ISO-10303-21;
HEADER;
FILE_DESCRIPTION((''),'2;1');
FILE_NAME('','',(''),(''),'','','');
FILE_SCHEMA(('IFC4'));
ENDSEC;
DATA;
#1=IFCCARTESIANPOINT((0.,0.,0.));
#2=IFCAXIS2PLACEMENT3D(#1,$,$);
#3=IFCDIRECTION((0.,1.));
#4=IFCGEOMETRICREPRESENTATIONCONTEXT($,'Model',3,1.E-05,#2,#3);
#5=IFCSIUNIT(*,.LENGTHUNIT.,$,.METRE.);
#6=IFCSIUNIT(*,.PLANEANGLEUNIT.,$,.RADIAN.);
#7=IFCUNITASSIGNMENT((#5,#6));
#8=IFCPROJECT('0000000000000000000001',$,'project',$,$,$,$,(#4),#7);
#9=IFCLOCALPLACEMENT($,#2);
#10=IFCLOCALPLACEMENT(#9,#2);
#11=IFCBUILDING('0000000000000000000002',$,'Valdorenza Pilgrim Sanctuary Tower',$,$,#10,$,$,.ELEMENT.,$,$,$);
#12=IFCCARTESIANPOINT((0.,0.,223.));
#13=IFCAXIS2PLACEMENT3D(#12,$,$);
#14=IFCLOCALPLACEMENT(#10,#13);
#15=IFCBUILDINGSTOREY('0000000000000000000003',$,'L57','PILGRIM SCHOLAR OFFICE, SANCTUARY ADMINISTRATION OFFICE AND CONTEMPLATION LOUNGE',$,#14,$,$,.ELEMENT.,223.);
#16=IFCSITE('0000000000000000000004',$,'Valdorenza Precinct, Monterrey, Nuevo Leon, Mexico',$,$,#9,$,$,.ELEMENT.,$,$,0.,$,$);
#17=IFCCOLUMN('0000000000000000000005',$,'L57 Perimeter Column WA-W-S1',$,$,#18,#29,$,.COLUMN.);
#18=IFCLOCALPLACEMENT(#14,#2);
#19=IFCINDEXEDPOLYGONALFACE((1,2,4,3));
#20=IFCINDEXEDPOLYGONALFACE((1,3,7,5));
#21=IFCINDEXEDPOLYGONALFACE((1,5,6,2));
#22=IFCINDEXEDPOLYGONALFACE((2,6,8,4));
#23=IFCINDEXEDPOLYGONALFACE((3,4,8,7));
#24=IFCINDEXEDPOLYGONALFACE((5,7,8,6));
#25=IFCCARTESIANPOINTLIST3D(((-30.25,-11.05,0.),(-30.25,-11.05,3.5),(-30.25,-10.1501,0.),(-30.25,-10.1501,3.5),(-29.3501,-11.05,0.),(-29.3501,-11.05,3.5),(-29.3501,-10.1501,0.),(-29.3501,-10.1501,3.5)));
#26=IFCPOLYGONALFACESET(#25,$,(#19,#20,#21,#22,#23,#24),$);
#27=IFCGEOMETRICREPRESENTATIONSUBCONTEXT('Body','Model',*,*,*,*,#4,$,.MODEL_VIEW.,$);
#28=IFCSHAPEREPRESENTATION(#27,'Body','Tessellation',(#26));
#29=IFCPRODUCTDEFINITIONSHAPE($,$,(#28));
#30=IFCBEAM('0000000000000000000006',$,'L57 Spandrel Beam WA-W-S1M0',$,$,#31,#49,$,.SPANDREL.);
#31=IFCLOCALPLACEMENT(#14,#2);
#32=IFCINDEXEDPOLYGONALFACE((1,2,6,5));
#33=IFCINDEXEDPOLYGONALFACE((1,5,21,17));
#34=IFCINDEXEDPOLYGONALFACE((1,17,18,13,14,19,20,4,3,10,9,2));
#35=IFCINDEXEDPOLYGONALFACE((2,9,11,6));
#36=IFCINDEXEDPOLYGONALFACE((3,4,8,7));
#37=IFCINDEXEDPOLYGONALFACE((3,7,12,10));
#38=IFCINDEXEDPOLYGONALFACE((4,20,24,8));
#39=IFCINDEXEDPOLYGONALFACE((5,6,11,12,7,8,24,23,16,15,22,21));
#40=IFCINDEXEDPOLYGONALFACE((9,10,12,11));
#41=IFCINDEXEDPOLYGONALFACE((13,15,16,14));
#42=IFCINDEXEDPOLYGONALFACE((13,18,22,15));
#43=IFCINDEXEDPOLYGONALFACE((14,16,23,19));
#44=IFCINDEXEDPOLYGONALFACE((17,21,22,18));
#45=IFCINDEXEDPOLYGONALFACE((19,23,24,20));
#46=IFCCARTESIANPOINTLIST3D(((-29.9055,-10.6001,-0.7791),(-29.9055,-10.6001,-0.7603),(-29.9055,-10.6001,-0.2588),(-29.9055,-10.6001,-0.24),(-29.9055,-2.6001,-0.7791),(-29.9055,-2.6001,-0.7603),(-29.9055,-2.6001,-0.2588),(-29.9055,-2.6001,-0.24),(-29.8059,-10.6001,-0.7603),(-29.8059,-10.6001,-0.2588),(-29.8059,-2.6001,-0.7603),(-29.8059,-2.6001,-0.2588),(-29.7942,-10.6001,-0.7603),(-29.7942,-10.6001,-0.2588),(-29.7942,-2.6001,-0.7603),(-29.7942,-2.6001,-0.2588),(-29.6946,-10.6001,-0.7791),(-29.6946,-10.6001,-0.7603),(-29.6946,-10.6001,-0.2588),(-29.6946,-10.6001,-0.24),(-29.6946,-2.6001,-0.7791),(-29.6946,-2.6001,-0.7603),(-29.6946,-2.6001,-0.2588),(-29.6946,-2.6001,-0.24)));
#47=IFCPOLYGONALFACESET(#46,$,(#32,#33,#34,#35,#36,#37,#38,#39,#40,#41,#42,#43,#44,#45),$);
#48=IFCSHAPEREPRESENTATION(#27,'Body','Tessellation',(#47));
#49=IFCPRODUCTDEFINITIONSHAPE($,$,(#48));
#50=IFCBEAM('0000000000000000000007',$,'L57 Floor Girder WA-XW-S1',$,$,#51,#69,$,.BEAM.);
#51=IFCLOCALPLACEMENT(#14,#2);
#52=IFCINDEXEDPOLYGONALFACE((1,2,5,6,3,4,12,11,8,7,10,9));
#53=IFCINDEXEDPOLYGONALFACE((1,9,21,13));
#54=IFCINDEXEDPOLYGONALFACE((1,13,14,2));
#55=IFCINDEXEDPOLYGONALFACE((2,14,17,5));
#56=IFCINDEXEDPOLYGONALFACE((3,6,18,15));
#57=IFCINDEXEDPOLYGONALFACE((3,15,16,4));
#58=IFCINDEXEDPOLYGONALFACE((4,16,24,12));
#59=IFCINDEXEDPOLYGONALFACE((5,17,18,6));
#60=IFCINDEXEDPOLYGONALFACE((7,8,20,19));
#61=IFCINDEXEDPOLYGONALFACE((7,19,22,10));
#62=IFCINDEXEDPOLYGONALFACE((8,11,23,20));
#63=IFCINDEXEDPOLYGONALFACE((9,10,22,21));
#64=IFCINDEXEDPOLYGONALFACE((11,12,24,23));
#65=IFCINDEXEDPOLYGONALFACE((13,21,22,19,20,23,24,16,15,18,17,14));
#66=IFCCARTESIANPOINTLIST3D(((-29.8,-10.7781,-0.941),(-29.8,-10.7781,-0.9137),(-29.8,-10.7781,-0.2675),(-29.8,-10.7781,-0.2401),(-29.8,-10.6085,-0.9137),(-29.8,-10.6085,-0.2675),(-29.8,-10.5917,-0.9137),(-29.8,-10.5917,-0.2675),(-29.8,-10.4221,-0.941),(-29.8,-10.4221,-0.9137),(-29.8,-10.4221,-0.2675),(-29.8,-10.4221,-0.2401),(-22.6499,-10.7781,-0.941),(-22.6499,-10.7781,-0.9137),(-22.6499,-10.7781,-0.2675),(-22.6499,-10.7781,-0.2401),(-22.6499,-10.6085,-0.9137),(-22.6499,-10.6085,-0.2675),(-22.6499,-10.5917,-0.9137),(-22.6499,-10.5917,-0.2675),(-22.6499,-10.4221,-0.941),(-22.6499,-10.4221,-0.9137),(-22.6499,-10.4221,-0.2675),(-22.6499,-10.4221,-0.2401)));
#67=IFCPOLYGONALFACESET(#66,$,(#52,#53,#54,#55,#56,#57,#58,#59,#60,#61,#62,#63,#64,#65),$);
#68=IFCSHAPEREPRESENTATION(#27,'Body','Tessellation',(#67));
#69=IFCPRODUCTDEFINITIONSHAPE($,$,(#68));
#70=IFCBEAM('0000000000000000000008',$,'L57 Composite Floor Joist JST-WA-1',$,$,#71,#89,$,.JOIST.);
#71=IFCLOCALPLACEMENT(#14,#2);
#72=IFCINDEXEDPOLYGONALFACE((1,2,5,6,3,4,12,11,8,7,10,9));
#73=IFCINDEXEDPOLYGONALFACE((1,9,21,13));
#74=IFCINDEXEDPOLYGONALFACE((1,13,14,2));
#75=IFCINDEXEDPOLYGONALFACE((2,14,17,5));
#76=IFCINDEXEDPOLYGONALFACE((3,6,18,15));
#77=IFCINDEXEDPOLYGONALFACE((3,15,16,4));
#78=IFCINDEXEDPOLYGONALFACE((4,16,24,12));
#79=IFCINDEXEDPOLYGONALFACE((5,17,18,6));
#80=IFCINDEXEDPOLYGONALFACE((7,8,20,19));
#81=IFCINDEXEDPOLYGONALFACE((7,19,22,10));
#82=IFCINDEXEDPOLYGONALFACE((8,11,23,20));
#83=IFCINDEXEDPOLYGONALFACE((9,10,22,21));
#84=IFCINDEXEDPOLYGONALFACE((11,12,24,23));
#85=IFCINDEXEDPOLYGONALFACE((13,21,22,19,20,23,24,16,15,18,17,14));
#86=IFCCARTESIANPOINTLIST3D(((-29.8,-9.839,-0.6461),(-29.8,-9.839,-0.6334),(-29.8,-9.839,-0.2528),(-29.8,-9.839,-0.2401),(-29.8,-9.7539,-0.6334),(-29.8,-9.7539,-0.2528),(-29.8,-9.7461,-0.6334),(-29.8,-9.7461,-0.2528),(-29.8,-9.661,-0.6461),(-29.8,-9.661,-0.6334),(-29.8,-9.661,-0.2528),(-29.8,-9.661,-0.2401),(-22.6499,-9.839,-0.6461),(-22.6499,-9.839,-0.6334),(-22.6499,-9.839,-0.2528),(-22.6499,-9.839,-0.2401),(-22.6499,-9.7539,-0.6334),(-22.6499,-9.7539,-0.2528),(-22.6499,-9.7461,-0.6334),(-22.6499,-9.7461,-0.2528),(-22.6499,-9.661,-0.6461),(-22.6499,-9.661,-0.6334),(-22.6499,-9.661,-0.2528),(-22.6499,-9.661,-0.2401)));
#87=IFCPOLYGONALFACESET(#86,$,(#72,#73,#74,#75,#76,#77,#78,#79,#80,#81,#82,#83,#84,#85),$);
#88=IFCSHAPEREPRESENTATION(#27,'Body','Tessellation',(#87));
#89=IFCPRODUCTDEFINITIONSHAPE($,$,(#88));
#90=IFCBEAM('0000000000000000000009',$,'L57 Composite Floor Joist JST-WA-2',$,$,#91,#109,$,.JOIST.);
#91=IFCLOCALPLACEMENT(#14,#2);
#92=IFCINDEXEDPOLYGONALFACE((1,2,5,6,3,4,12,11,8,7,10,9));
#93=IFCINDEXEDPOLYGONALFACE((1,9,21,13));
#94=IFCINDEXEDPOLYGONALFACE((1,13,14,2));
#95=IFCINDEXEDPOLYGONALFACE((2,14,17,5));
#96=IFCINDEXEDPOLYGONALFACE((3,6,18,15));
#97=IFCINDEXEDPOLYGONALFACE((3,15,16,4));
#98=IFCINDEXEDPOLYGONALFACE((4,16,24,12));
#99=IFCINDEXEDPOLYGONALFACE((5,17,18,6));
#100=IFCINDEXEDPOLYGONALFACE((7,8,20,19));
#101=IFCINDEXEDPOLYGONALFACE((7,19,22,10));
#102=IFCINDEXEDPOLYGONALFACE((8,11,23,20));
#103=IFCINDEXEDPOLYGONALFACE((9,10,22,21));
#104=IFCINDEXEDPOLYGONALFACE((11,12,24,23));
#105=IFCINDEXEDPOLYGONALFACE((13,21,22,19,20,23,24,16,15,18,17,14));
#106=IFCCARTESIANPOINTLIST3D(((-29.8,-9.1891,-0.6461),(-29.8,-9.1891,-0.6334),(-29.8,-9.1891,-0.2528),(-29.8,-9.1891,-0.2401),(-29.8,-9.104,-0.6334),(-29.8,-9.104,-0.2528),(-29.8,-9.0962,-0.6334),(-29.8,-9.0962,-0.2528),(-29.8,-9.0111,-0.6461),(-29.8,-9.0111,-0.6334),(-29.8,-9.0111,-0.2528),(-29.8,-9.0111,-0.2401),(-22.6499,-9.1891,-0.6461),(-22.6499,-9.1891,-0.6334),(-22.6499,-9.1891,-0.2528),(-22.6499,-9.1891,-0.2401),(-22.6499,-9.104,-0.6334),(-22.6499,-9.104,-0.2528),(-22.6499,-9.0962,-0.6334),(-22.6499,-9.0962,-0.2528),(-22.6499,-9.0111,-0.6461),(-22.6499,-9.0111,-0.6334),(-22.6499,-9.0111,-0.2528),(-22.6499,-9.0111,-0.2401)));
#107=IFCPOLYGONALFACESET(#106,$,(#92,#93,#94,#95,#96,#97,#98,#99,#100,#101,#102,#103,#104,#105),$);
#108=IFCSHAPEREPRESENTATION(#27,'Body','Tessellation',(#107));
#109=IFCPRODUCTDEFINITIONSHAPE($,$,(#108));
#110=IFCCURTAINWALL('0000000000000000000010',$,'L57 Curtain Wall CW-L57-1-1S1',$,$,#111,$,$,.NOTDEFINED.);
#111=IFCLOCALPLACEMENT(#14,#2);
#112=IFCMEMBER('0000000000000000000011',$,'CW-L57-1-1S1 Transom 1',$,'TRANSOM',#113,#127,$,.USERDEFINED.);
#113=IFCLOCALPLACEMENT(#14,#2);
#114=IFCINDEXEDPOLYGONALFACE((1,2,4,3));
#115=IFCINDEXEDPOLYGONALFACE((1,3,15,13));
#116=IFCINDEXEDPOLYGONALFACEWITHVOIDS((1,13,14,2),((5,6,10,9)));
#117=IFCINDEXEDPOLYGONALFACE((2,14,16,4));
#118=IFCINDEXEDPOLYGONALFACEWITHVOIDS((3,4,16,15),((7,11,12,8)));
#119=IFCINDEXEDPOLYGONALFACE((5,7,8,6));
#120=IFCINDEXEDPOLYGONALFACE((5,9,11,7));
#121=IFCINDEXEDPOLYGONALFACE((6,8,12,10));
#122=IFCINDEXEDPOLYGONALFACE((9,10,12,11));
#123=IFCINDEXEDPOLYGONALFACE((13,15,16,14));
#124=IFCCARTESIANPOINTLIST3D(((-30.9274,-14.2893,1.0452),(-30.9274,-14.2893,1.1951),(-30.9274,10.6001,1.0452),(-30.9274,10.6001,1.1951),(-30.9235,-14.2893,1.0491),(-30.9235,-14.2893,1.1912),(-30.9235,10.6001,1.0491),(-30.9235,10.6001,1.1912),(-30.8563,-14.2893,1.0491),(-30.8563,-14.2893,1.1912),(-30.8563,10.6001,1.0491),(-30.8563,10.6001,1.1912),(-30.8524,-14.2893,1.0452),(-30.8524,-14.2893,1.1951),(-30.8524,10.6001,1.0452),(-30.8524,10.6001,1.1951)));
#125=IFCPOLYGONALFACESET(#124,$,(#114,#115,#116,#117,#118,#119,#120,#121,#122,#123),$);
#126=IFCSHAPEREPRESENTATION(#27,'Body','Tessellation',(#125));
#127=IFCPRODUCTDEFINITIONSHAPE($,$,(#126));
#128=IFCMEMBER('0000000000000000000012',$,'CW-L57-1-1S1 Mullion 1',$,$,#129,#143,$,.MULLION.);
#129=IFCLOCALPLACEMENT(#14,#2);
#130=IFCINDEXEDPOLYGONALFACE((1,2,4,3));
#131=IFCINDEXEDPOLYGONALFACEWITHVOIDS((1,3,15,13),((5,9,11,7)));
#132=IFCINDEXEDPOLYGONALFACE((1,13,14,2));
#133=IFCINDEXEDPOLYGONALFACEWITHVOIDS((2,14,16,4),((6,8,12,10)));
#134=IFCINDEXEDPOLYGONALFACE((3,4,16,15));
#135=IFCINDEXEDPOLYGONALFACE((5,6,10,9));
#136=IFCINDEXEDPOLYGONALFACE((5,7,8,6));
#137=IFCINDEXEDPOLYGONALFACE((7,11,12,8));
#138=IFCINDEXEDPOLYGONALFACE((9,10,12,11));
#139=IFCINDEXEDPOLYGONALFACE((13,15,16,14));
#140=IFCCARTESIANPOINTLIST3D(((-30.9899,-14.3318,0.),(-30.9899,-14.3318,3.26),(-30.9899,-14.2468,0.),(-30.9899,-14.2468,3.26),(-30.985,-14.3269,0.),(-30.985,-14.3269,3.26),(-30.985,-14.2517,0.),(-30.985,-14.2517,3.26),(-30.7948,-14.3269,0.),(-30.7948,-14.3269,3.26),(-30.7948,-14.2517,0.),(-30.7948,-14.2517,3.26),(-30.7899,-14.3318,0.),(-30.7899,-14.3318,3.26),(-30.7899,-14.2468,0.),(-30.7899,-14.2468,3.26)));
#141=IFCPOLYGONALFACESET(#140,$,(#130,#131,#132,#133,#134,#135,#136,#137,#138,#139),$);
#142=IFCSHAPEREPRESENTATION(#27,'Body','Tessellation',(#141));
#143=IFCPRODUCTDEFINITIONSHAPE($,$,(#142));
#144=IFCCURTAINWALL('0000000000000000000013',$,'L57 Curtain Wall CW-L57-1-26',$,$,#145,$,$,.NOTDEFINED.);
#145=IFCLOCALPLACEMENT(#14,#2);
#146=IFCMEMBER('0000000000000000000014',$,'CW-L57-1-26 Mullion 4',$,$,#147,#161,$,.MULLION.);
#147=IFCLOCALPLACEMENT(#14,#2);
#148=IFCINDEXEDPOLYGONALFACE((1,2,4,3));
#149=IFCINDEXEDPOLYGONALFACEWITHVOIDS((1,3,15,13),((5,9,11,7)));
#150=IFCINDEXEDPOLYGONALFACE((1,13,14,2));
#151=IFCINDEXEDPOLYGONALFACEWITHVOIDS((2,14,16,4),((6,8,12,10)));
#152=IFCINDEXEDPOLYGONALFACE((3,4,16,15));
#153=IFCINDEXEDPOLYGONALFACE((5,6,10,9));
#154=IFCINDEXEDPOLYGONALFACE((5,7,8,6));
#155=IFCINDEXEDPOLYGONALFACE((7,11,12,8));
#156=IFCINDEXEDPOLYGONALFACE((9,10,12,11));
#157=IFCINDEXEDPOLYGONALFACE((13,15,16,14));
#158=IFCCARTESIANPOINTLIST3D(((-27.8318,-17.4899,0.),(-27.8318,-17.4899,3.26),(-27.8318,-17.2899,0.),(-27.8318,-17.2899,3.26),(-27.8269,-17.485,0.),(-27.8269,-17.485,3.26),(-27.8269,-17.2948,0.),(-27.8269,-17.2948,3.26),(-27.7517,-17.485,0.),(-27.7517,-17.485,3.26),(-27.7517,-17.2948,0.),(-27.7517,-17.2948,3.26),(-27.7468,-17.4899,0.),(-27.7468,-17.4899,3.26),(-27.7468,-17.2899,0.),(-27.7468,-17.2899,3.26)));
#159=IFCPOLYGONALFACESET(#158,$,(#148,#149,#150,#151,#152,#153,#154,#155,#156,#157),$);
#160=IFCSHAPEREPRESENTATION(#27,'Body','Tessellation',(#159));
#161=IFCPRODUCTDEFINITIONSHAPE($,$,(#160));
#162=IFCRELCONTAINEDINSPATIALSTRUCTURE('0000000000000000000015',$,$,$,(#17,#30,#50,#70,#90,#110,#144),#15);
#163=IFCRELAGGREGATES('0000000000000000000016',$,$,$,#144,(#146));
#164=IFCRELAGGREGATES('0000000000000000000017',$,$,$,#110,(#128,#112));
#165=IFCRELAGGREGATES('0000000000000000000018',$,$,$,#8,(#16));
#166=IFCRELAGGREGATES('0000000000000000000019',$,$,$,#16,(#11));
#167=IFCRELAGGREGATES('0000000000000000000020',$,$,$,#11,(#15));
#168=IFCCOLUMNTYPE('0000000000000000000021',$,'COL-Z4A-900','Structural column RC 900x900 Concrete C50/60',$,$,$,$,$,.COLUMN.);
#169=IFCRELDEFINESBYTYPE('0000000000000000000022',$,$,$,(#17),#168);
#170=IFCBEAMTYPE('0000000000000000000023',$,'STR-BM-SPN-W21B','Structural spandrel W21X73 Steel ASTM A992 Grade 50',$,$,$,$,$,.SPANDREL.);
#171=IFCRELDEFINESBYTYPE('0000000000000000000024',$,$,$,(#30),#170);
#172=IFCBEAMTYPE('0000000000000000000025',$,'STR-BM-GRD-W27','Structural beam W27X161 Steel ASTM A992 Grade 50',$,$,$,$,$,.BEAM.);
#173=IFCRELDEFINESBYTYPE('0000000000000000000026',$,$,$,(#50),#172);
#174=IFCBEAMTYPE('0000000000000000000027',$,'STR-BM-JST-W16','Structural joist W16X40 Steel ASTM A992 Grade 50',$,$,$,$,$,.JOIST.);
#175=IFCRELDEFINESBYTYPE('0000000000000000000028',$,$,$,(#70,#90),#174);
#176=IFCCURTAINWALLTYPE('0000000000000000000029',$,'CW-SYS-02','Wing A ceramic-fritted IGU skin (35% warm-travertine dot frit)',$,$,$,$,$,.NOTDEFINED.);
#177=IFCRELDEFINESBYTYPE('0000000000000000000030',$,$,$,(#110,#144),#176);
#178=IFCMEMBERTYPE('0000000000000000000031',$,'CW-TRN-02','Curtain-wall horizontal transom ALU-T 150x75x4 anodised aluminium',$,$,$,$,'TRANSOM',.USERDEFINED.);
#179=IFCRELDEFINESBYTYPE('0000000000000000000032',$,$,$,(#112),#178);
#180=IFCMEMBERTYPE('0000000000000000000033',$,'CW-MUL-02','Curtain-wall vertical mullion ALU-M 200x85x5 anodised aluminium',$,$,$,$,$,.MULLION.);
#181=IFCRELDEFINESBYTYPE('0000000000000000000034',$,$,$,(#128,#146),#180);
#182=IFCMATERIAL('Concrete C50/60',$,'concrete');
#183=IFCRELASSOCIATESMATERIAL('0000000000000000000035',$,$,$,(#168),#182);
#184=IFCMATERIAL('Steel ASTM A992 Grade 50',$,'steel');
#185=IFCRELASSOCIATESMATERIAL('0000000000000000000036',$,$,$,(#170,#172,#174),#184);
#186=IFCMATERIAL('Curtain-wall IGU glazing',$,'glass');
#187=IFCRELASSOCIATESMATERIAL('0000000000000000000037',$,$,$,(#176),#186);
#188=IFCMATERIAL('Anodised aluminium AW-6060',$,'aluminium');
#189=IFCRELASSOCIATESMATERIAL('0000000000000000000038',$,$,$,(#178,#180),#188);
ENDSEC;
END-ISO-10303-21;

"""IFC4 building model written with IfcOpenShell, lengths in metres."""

from ifc_helpers import new_model, si_unit, direction, frame, origin, origin_2d, place, context, subcontext, project, spatial, rectangle, hollow_rectangle, i_section, extrude, source, transform, mapped, material, material_profile, profile_set, type_object, element, aggregate, save


model = new_model("IFC4")

# Units and contexts
model_context = context("Model", 3, precision=1e-05, world=origin(), true_north=direction((0.0, 1.0)))
body_context = subcontext(model_context, "Body", "Model", "MODEL_VIEW")
ifc_project = project(units=[si_unit("LENGTHUNIT", "METRE"), si_unit("PLANEANGLEUNIT", "RADIAN")], contexts=[model_context])

# Site, building, storey
site_placement = place(None, origin())
site = spatial("IfcSite", under=ifc_project, at=site_placement, Name="Valdorenza Precinct, Monterrey, Nuevo Leon, Mexico", CompositionType="ELEMENT", RefElevation=0.0)
building_placement = place(site_placement, origin())
building = spatial("IfcBuilding", under=site, at=building_placement, Name="Valdorenza Pilgrim Sanctuary Tower", CompositionType="ELEMENT")
storey_placement = place(building_placement, frame((0.0, 0.0, 223.0)))
storey = spatial("IfcBuildingStorey", under=building, at=storey_placement, Name="L57", Description="PILGRIM SCHOLAR OFFICE, SANCTUARY ADMINISTRATION OFFICE AND CONTEMPLATION LOUNGE", CompositionType="ELEMENT", Elevation=223.0)

# Column
ifc_material_1 = material(Name="Concrete C50/60", Category="concrete")
ifc_material_profile_1 = material_profile(ifc_material_1, rectangle(XDim=0.8999, YDim=0.8999, at=origin_2d()), Name="RC 900x900")
ifc_profile_set_1 = profile_set([ifc_material_profile_1], Name="Concrete C50/60")
column_type = type_object("IfcColumnType", Name="COL-Z4A-900", Description="Structural column RC 900x900 Concrete C50/60", PredefinedType="COLUMN", material=ifc_profile_set_1)
shared_shape_1 = source(origin(), body_context, "Body", "SweptSolid", [
    extrude(rectangle(XDim=0.8999, YDim=0.8999, at=origin_2d()), origin(), (0.0, 0.0, 1.0), 3.5),
])
column_placement = place(storey_placement, frame((-29.8, -10.6001, 0.0), z_axis=(0.0, 0.0, 1.0), x_axis=(1.0, 0.0, 0.0)))
element("IfcColumn", 1, at=column_placement, inside=storey, type_object=column_type, Name="L57 Perimeter Column WA-W-S1", PredefinedType="COLUMN", context=body_context, shape_type="MappedRepresentation", body=[
    mapped(shared_shape_1, transform((0.0, 0.0, 0.0), x_axis=(1.0, 0.0, 0.0), y_axis=(0.0, 1.0, 0.0), z_axis=(0.0, 0.0, 1.0), scale=1.0)),
])

# Beams
ifc_material_2 = material(Name="Steel ASTM A992 Grade 50", Category="steel")
ifc_material_profile_2 = material_profile(ifc_material_2, i_section(OverallWidth=0.2109, OverallDepth=0.5391, WebThickness=0.0117, FlangeThickness=0.0188, at=origin_2d()), Name="W21X73")
ifc_profile_set_2 = profile_set([ifc_material_profile_2], Name="Steel ASTM A992 Grade 50")
beam_type_1 = type_object("IfcBeamType", Name="STR-BM-SPN-W21B", Description="Structural spandrel W21X73 Steel ASTM A992 Grade 50", PredefinedType="SPANDREL", material=ifc_profile_set_2)
shared_shape_2 = source(origin(), body_context, "Body", "SweptSolid", [
    extrude(i_section(OverallWidth=0.2109, OverallDepth=0.5391, WebThickness=0.0117, FlangeThickness=0.0188, at=origin_2d()), origin(), (0.0, 0.0, 1.0), 8.0),
])
beam_1_placement = place(storey_placement, frame((-29.8, -10.6001, -0.5095), z_axis=(0.0, 1.0, 0.0), x_axis=(-1.0, 0.0, 0.0)))
element("IfcBeam", 2, at=beam_1_placement, inside=storey, type_object=beam_type_1, Name="L57 Spandrel Beam WA-W-S1M0", PredefinedType="SPANDREL", context=body_context, shape_type="MappedRepresentation", body=[
    mapped(shared_shape_2, transform((0.0, 0.0, 0.0), x_axis=(1.0, 0.0, 0.0), y_axis=(0.0, 1.0, 0.0), z_axis=(0.0, 0.0, 1.0), scale=1.0)),
])
ifc_material_profile_3 = material_profile(ifc_material_2, i_section(OverallWidth=0.356, OverallDepth=0.7009, WebThickness=0.0168, FlangeThickness=0.0273, at=origin_2d()), Name="W27X161")
ifc_profile_set_3 = profile_set([ifc_material_profile_3], Name="Steel ASTM A992 Grade 50")
beam_type_2 = type_object("IfcBeamType", Name="STR-BM-GRD-W27", Description="Structural beam W27X161 Steel ASTM A992 Grade 50", PredefinedType="BEAM", material=ifc_profile_set_3)
shared_shape_3 = source(origin(), body_context, "Body", "SweptSolid", [
    extrude(i_section(OverallWidth=0.356, OverallDepth=0.7009, WebThickness=0.0168, FlangeThickness=0.0273, at=origin_2d()), origin(), (0.0, 0.0, 1.0), 7.1501),
])
beam_2_placement = place(storey_placement, frame((-29.8, -10.6001, -0.5906), z_axis=(1.0, 0.0, 0.0), x_axis=(0.0, 1.0, 0.0)))
element("IfcBeam", 3, at=beam_2_placement, inside=storey, type_object=beam_type_2, Name="L57 Floor Girder WA-XW-S1", PredefinedType="BEAM", context=body_context, shape_type="MappedRepresentation", body=[
    mapped(shared_shape_3, transform((0.0, 0.0, 0.0), x_axis=(1.0, 0.0, 0.0), y_axis=(0.0, 1.0, 0.0), z_axis=(0.0, 0.0, 1.0), scale=1.0)),
])
ifc_material_profile_4 = material_profile(ifc_material_2, i_section(OverallWidth=0.178, OverallDepth=0.406, WebThickness=0.0078, FlangeThickness=0.0127, at=origin_2d()), Name="W16X40")
ifc_profile_set_4 = profile_set([ifc_material_profile_4], Name="Steel ASTM A992 Grade 50")
beam_type_3 = type_object("IfcBeamType", Name="STR-BM-JST-W16", Description="Structural joist W16X40 Steel ASTM A992 Grade 50", PredefinedType="JOIST", material=ifc_profile_set_4)
shared_shape_4 = source(origin(), body_context, "Body", "SweptSolid", [
    extrude(i_section(OverallWidth=0.178, OverallDepth=0.406, WebThickness=0.0078, FlangeThickness=0.0127, at=origin_2d()), origin(), (0.0, 0.0, 1.0), 7.1501),
])
for number, where, z_axis, x_axis, name in (
    (4, (-29.8, -9.75, -0.4431), (1.0, 0.0, 0.0), (0.0, 1.0, 0.0), "L57 Composite Floor Joist JST-WA-1"),
    (5, (-29.8, -9.1001, -0.4431), (1.0, 0.0, 0.0), (0.0, 1.0, 0.0), "L57 Composite Floor Joist JST-WA-2"),
):
    element("IfcBeam", number, at=place(storey_placement, frame(where, z_axis=z_axis, x_axis=x_axis)), inside=storey, type_object=beam_type_3, Name=name, PredefinedType="JOIST", context=body_context, shape_type="MappedRepresentation", body=[
        mapped(shared_shape_4, transform((0.0, 0.0, 0.0), x_axis=(1.0, 0.0, 0.0), y_axis=(0.0, 1.0, 0.0), z_axis=(0.0, 0.0, 1.0), scale=1.0)),
    ])

# Curtain wall, members
ifc_material_3 = material(Name="Curtain-wall IGU glazing", Category="glass")
curtain_wall_type = type_object("IfcCurtainWallType", Name="CW-SYS-02", Description="Wing A ceramic-fritted IGU skin (35% warm-travertine dot frit)", PredefinedType="NOTDEFINED", material=ifc_material_3)
curtain_wall_1_placement = place(storey_placement, origin())
curtain_wall_1 = element("IfcCurtainWall", 6, at=curtain_wall_1_placement, inside=storey, type_object=curtain_wall_type, Name="L57 Curtain Wall CW-L57-1-1S1", PredefinedType="NOTDEFINED")
ifc_material_4 = material(Name="Anodised aluminium AW-6060", Category="aluminium")
ifc_material_profile_5 = material_profile(ifc_material_4, hollow_rectangle(XDim=0.075, YDim=0.1499, WallThickness=0.0039, at=origin_2d()), Name="ALU-T 150x75x4")
ifc_profile_set_5 = profile_set([ifc_material_profile_5], Name="Anodised aluminium AW-6060")
member_type_1 = type_object("IfcMemberType", Name="CW-TRN-02", Description="Curtain-wall horizontal transom ALU-T 150x75x4 anodised aluminium", ElementType="TRANSOM", PredefinedType="USERDEFINED", material=ifc_profile_set_5)
shared_shape_5 = source(origin(), body_context, "Body", "SweptSolid", [
    extrude(hollow_rectangle(XDim=0.075, YDim=0.1499, WallThickness=0.0039, at=origin_2d()), origin(), (0.0, 0.0, 1.0), 24.8894),
])
member_1_placement = place(storey_placement, frame((-30.8899, -14.2893, 1.1201), z_axis=(0.0, 1.0, 0.0), x_axis=(-1.0, 0.0, 0.0)))
member_1 = element("IfcMember", 7, at=member_1_placement, type_object=member_type_1, Name="CW-L57-1-1S1 Transom 1", ObjectType="TRANSOM", PredefinedType="USERDEFINED", context=body_context, shape_type="MappedRepresentation", body=[
    mapped(shared_shape_5, transform((0.0, 0.0, 0.0), x_axis=(1.0, 0.0, 0.0), y_axis=(0.0, 1.0, 0.0), z_axis=(0.0, 0.0, 1.0), scale=1.0)),
])
ifc_material_profile_6 = material_profile(ifc_material_4, hollow_rectangle(XDim=0.085, YDim=0.2, WallThickness=0.0049, at=origin_2d()), Name="ALU-M 200x85x5")
ifc_profile_set_6 = profile_set([ifc_material_profile_6], Name="Anodised aluminium AW-6060")
member_type_2 = type_object("IfcMemberType", Name="CW-MUL-02", Description="Curtain-wall vertical mullion ALU-M 200x85x5 anodised aluminium", PredefinedType="MULLION", material=ifc_profile_set_6)
shared_shape_6 = source(origin(), body_context, "Body", "SweptSolid", [
    extrude(hollow_rectangle(XDim=0.085, YDim=0.2, WallThickness=0.0049, at=origin_2d()), origin(), (0.0, 0.0, 1.0), 3.26),
])
member_2_placement = place(storey_placement, frame((-30.8899, -14.2893, 0.0), z_axis=(0.0, 0.0, 1.0), x_axis=(0.0, 1.0, 0.0)))
member_2 = element("IfcMember", 8, at=member_2_placement, type_object=member_type_2, Name="CW-L57-1-1S1 Mullion 1", PredefinedType="MULLION", context=body_context, shape_type="MappedRepresentation", body=[
    mapped(shared_shape_6, transform((0.0, 0.0, 0.0), x_axis=(1.0, 0.0, 0.0), y_axis=(0.0, 1.0, 0.0), z_axis=(0.0, 0.0, 1.0), scale=1.0)),
])

# Curtain wall, member
curtain_wall_2_placement = place(storey_placement, origin())
curtain_wall_2 = element("IfcCurtainWall", 9, at=curtain_wall_2_placement, inside=storey, type_object=curtain_wall_type, Name="L57 Curtain Wall CW-L57-1-26", PredefinedType="NOTDEFINED")
member_3_placement = place(storey_placement, frame((-27.7893, -17.3899, 0.0), z_axis=(0.0, 0.0, 1.0), x_axis=(-1.0, 0.0, 0.0)))
member_3 = element("IfcMember", 10, at=member_3_placement, type_object=member_type_2, Name="CW-L57-1-26 Mullion 4", PredefinedType="MULLION", context=body_context, shape_type="MappedRepresentation", body=[
    mapped(shared_shape_6, transform((0.0, 0.0, 0.0), x_axis=(1.0, 0.0, 0.0), y_axis=(0.0, 1.0, 0.0), z_axis=(0.0, 0.0, 1.0), scale=1.0)),
])

aggregate(curtain_wall_2, [member_3])
aggregate(curtain_wall_1, [member_2, member_1])

save(model, "model.ifc")
